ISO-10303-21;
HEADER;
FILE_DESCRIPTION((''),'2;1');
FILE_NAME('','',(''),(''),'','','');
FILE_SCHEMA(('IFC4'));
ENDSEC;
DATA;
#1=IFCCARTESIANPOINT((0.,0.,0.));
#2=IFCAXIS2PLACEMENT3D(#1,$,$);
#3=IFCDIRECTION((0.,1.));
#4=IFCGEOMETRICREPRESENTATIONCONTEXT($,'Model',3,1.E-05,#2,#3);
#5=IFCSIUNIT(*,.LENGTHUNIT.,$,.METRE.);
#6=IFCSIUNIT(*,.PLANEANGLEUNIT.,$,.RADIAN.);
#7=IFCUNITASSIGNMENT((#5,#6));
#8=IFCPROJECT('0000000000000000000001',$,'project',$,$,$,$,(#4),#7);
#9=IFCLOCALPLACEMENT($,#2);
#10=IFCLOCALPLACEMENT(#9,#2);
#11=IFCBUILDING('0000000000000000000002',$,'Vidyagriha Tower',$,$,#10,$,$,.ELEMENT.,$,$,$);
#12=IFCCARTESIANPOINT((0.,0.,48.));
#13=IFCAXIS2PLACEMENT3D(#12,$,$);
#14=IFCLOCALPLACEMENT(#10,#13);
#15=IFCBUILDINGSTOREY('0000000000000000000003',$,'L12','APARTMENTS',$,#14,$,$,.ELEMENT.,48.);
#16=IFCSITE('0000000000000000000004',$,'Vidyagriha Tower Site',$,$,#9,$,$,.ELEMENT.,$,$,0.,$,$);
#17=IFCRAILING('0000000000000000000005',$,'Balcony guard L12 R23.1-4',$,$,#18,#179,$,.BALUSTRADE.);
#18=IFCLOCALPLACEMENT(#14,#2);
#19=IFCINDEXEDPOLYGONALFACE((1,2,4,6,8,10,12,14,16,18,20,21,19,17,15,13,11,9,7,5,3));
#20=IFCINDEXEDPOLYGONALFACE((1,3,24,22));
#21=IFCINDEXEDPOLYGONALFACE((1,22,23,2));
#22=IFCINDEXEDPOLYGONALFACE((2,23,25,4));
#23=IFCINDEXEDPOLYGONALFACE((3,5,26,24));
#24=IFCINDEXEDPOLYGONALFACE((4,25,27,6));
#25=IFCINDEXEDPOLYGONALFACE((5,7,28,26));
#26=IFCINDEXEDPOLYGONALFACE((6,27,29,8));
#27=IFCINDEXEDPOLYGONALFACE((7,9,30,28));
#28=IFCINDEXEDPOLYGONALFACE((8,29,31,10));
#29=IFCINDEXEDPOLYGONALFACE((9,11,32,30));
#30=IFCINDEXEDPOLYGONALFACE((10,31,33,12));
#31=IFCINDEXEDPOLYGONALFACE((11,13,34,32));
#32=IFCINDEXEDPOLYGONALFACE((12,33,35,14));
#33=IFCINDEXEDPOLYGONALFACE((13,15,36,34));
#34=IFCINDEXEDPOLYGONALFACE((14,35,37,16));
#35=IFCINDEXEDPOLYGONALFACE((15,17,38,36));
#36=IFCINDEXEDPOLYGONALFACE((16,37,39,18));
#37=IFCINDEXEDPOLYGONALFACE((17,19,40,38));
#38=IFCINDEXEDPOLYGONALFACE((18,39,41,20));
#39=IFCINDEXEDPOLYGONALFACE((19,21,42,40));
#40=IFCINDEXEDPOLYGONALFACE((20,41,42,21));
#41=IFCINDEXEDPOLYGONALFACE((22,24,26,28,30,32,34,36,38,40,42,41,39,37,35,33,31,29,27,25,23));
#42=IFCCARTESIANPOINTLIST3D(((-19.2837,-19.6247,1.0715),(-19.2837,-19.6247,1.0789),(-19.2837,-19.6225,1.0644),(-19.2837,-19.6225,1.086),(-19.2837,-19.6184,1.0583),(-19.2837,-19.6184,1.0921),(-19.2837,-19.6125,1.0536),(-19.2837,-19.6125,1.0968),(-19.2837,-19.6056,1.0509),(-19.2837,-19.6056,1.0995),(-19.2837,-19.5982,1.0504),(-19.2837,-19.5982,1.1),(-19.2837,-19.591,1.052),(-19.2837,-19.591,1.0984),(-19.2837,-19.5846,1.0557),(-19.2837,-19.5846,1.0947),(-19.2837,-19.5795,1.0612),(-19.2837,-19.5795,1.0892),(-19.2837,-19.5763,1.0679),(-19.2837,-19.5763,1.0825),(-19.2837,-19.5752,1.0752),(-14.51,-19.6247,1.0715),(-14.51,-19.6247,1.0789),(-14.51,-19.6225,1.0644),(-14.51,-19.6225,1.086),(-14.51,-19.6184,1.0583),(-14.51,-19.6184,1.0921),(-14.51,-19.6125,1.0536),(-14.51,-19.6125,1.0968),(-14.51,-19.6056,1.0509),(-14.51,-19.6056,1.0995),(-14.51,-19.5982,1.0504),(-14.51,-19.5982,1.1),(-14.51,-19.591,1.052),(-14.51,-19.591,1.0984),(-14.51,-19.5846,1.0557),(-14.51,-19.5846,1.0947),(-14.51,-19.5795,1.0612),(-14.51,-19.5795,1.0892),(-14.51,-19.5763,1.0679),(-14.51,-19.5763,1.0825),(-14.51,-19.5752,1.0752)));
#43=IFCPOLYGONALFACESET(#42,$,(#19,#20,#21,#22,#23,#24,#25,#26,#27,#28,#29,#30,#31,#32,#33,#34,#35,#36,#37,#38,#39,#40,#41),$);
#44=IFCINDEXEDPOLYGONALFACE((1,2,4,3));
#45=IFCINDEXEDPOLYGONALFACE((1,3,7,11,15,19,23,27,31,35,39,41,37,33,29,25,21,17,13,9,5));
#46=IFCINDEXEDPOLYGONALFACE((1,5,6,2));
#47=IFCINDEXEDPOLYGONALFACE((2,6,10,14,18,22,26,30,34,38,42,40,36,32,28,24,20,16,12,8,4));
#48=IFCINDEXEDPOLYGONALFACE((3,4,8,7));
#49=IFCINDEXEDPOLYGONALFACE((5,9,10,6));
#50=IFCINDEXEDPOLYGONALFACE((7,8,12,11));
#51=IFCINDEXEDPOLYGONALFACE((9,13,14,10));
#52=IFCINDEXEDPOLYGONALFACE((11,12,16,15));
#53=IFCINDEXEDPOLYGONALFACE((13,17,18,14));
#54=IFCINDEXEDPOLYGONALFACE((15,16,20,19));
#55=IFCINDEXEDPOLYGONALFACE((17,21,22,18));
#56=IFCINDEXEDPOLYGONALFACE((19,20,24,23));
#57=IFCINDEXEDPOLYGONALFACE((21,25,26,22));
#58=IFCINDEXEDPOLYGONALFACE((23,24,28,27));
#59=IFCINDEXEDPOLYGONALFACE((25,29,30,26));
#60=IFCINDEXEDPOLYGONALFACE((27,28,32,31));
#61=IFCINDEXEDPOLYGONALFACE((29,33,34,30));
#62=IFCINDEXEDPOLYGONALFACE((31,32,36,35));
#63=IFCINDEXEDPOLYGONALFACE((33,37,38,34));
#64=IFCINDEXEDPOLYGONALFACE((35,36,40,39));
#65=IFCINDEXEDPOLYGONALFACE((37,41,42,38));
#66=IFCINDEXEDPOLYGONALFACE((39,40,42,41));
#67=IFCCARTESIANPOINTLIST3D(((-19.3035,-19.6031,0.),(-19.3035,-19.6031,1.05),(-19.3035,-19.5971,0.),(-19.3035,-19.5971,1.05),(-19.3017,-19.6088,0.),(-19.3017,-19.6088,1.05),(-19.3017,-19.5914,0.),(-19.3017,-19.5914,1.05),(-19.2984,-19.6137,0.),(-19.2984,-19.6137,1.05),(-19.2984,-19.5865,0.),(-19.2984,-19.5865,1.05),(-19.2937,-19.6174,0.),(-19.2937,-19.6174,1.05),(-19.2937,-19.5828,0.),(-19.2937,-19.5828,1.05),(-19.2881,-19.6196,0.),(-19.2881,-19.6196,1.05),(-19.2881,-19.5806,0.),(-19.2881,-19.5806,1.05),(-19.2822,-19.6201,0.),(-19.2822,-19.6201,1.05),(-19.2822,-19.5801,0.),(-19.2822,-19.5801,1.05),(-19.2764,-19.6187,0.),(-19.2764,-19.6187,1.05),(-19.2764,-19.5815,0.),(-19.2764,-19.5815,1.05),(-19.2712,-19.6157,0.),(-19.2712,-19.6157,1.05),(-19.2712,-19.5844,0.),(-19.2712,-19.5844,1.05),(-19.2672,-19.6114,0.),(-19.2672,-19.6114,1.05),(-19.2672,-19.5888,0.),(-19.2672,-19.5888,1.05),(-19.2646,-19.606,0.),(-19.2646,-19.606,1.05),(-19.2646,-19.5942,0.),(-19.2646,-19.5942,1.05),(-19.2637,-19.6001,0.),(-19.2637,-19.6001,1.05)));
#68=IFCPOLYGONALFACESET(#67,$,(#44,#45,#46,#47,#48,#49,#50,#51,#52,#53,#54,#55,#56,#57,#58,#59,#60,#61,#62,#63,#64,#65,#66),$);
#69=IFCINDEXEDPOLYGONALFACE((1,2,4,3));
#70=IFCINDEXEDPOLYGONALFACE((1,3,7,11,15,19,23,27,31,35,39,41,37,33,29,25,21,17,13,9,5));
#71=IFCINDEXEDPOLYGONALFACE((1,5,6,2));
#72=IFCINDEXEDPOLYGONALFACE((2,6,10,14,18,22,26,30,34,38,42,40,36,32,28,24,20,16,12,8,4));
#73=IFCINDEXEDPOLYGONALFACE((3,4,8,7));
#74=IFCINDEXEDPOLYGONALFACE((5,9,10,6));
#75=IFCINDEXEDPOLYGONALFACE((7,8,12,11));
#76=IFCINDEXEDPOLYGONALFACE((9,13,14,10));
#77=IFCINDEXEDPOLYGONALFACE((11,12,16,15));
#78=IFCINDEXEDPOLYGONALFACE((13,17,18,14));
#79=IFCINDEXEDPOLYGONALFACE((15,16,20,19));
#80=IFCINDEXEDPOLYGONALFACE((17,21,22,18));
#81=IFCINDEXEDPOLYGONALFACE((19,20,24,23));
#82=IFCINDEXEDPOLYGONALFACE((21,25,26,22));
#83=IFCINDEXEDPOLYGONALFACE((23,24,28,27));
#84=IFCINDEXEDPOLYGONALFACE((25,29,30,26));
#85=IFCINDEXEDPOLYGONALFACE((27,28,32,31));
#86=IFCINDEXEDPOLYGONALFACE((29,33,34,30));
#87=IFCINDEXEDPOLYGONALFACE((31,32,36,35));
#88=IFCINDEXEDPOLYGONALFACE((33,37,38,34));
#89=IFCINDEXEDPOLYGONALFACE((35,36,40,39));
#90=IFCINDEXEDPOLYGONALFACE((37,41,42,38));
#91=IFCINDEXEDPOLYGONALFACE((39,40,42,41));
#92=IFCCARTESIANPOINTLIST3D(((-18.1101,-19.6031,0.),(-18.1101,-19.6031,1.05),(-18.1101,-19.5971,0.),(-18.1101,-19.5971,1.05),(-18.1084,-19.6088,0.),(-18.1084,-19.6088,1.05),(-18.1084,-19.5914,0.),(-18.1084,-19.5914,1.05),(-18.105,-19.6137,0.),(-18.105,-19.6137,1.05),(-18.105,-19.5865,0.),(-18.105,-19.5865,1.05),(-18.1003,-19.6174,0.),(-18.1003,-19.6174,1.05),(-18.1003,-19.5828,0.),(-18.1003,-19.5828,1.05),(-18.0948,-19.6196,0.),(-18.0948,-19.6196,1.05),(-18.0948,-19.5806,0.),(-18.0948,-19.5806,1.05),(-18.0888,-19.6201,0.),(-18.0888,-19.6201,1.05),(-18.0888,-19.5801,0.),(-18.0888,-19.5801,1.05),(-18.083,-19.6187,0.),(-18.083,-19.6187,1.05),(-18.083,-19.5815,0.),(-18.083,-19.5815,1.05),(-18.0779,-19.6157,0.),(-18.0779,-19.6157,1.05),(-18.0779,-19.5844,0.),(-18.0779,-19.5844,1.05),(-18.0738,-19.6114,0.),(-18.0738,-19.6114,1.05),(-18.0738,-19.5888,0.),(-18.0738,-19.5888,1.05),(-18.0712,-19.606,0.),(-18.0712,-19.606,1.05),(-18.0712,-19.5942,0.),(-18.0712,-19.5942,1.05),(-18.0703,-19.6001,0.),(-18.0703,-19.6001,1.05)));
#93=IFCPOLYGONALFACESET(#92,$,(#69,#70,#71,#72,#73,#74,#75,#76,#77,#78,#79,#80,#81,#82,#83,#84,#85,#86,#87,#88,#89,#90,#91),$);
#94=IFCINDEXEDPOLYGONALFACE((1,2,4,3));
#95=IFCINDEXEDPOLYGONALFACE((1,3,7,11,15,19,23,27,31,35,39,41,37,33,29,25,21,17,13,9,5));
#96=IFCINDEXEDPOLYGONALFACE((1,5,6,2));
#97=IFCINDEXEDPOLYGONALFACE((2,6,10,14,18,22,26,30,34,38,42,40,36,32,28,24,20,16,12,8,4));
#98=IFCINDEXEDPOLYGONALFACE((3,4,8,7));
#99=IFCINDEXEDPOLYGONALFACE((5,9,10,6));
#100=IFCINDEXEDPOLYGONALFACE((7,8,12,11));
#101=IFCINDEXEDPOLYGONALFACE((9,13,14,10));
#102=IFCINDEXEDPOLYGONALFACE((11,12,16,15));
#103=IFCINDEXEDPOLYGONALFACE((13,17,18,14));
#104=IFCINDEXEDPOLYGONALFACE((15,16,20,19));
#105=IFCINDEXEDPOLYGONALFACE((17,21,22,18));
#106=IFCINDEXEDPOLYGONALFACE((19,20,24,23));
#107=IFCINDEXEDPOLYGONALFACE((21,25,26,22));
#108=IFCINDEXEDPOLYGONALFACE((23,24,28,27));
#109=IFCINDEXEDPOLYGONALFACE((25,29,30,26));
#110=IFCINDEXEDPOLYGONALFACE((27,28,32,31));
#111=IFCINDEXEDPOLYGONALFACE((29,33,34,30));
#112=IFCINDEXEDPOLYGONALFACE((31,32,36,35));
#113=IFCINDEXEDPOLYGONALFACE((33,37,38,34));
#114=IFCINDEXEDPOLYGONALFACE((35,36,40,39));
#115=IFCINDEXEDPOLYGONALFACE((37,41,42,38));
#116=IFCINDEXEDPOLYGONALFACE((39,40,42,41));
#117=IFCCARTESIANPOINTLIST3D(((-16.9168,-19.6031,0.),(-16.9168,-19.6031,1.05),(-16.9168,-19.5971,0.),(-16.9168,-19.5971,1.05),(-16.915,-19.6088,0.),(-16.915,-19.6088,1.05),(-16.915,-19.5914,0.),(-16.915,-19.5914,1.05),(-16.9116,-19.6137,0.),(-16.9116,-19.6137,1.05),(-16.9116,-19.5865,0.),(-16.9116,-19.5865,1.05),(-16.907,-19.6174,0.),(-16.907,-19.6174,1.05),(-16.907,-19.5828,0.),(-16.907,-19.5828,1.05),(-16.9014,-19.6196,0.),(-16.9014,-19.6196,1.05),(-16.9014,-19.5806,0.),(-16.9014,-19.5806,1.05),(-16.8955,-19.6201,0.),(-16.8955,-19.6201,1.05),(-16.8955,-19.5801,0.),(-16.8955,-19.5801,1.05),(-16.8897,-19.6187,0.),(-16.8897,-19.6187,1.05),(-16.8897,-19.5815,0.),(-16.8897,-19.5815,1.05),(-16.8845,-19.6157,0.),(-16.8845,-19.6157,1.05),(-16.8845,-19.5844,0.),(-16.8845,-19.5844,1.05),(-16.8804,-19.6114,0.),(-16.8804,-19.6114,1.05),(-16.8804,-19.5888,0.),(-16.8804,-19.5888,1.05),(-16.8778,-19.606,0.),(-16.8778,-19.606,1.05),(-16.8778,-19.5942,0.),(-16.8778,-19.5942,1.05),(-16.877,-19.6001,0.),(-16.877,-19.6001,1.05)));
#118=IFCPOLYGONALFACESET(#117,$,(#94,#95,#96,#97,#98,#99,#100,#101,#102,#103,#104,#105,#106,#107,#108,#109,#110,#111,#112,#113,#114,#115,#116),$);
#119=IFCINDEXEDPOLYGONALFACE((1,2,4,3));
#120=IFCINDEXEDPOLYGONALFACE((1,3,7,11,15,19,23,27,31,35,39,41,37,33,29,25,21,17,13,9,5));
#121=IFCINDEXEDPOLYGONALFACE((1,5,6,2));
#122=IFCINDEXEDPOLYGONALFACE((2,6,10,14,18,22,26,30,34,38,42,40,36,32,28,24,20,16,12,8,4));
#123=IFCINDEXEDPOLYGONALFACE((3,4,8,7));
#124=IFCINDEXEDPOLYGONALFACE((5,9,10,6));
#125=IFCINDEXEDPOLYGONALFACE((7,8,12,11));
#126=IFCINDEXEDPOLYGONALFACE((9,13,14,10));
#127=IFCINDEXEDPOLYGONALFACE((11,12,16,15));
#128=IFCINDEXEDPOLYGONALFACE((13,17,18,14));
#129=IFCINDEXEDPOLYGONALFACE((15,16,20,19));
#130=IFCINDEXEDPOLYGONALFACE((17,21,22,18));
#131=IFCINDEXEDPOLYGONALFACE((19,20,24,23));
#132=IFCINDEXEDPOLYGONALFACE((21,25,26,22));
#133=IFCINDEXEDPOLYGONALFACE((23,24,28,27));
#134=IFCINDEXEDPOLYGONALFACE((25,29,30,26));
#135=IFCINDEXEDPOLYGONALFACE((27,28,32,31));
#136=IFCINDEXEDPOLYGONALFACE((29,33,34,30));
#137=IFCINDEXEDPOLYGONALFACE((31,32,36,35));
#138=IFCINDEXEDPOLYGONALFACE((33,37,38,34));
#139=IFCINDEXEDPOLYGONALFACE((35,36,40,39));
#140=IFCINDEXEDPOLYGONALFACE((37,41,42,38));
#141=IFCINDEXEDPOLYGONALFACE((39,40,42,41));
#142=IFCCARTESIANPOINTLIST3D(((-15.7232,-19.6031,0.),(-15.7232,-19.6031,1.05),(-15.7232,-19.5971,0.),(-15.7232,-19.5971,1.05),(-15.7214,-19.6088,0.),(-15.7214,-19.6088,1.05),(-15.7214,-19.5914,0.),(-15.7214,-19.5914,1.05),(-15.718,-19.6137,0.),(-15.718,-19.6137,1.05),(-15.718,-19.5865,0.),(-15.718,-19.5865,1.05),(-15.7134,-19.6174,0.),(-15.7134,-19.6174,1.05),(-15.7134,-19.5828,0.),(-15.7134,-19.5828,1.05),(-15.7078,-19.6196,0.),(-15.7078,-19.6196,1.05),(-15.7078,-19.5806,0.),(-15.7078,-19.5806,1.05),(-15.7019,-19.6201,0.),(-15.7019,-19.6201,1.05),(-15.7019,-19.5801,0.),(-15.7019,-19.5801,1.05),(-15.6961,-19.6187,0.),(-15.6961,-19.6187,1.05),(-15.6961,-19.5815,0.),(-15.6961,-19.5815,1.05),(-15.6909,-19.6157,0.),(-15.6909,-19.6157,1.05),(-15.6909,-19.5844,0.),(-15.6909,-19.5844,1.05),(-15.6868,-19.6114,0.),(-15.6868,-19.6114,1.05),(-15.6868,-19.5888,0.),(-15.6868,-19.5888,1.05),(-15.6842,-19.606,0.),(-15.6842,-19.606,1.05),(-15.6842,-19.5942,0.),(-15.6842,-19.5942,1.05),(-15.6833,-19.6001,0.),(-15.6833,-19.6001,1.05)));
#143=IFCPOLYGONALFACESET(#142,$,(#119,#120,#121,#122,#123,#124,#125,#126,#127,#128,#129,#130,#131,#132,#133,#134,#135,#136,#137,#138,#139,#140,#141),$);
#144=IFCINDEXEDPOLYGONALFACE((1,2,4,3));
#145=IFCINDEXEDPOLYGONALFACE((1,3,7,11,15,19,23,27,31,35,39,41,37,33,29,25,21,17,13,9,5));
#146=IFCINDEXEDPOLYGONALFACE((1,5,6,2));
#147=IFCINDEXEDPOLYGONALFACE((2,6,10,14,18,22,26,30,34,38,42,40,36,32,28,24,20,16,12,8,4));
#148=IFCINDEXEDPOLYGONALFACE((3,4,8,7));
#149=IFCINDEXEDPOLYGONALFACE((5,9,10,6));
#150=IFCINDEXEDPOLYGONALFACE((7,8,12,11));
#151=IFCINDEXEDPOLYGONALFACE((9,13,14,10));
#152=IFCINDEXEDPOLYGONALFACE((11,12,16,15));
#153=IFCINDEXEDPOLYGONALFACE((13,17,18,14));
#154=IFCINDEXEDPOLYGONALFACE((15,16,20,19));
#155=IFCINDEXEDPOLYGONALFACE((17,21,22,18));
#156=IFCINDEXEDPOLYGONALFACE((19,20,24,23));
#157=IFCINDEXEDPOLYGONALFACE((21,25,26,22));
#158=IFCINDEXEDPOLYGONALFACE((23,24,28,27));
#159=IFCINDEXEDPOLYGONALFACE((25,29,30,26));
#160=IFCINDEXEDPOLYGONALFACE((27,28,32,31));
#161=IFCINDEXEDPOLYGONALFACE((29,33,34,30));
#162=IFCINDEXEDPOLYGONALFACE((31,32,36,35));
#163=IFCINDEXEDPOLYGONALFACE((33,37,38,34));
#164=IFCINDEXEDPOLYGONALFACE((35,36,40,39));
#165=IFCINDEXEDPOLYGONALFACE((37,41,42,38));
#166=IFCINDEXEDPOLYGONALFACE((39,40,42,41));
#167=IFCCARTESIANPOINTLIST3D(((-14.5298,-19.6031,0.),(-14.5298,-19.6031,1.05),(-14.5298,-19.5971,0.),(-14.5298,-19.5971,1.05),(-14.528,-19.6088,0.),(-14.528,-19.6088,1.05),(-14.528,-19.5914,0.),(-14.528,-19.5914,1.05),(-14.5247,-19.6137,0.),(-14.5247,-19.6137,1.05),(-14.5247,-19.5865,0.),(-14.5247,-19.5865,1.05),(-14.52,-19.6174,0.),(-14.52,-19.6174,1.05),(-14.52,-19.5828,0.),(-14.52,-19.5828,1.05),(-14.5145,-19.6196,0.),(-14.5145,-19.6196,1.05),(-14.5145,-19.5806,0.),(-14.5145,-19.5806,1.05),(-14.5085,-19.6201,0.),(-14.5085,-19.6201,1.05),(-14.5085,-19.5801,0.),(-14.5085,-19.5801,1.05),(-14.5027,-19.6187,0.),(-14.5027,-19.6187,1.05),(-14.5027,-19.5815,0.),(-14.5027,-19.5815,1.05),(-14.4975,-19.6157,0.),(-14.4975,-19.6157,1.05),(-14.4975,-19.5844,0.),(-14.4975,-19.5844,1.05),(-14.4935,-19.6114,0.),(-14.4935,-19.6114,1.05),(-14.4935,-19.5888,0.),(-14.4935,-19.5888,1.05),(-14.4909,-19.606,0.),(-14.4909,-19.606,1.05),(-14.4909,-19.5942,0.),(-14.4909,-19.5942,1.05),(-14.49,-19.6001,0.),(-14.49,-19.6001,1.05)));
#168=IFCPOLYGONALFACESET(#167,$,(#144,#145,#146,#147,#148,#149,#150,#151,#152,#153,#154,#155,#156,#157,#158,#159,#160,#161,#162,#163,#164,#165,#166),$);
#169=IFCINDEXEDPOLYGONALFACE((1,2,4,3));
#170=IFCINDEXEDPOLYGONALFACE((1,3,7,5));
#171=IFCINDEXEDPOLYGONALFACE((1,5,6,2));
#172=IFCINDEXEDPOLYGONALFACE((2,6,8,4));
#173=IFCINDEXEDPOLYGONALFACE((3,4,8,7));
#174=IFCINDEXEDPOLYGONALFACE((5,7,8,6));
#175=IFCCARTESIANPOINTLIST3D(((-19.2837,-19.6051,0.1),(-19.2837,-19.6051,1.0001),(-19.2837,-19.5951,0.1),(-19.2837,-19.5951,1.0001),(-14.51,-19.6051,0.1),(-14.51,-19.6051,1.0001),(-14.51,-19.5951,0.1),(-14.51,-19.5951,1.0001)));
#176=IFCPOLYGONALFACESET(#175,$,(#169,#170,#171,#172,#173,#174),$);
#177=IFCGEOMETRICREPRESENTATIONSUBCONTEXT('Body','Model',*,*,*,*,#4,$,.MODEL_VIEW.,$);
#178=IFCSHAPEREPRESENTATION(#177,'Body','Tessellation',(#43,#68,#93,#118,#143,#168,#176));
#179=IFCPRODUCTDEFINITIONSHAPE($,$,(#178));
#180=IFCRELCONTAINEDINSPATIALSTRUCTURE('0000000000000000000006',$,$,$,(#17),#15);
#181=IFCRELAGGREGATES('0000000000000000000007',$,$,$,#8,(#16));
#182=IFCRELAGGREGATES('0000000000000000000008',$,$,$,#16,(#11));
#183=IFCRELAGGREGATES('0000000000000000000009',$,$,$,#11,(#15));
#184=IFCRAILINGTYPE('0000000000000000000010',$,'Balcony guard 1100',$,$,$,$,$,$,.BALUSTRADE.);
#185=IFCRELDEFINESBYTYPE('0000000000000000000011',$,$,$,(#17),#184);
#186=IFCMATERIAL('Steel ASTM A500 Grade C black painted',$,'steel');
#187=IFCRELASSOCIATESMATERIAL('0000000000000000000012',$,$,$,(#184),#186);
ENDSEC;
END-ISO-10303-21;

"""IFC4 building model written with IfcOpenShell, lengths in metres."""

from ifc_helpers import new_model, si_unit, direction, frame, origin, origin_2d, place, context, subcontext, project, spatial, rectangle, circle, extrude, material, type_object, element, save


model = new_model("IFC4")

# Units and contexts
model_context = context("Model", 3, precision=1e-05, world=origin(), true_north=direction((0.0, 1.0)))
body_context = subcontext(model_context, "Body", "Model", "MODEL_VIEW")
ifc_project = project(units=[si_unit("LENGTHUNIT", "METRE"), si_unit("PLANEANGLEUNIT", "RADIAN")], contexts=[model_context])

# Site, building, storey
site_placement = place(None, origin())
site = spatial("IfcSite", under=ifc_project, at=site_placement, Name="Vidyagriha Tower Site", CompositionType="ELEMENT", RefElevation=0.0)
building_placement = place(site_placement, origin())
building = spatial("IfcBuilding", under=site, at=building_placement, Name="Vidyagriha Tower", CompositionType="ELEMENT")
storey_placement = place(building_placement, frame((0.0, 0.0, 48.0)))
storey = spatial("IfcBuildingStorey", under=building, at=storey_placement, Name="L12", Description="APARTMENTS", CompositionType="ELEMENT", Elevation=48.0)

# Railing
ifc_material_1 = material(Name="Steel ASTM A500 Grade C black painted", Category="steel")
railing_type = type_object("IfcRailingType", Name="Balcony guard 1100", PredefinedType="BALUSTRADE", material=ifc_material_1)
railing_1_placement = place(storey_placement, frame((-19.2837, -19.6001, 0.0)))
element("IfcRailing", 1, at=railing_1_placement, inside=storey, type_object=railing_type, Name="Balcony guard L12 R23.1-4", PredefinedType="BALUSTRADE", context=body_context, shape_type="SweptSolid", body=[
    extrude(circle(Radius=0.0249, at=origin_2d()), frame((0.0, 0.0, 1.0752), z_axis=(1.0, 0.0, 0.0), x_axis=(0.0, 1.0, 0.0)), (0.0, 0.0, 1.0), 4.7737),
    extrude(circle(Radius=0.02, at=origin_2d()), origin(), (0.0, 0.0, 1.0), 1.05),
    extrude(circle(Radius=0.02, at=origin_2d()), frame((1.1934, 0.0, 0.0)), (0.0, 0.0, 1.0), 1.05),
    extrude(circle(Radius=0.02, at=origin_2d()), frame((2.3867, 0.0, 0.0)), (0.0, 0.0, 1.0), 1.05),
    extrude(circle(Radius=0.02, at=origin_2d()), frame((3.5803, 0.0, 0.0)), (0.0, 0.0, 1.0), 1.05),
    extrude(circle(Radius=0.02, at=origin_2d()), frame((4.7737, 0.0, 0.0)), (0.0, 0.0, 1.0), 1.05),
    extrude(rectangle(XDim=0.01, YDim=0.9001, at=origin_2d()), frame((0.0, 0.0, 0.55), z_axis=(1.0, 0.0, 0.0), x_axis=(0.0, 1.0, 0.0)), (0.0, 0.0, 1.0), 4.7737),
])

save(model, "model.ifc")
